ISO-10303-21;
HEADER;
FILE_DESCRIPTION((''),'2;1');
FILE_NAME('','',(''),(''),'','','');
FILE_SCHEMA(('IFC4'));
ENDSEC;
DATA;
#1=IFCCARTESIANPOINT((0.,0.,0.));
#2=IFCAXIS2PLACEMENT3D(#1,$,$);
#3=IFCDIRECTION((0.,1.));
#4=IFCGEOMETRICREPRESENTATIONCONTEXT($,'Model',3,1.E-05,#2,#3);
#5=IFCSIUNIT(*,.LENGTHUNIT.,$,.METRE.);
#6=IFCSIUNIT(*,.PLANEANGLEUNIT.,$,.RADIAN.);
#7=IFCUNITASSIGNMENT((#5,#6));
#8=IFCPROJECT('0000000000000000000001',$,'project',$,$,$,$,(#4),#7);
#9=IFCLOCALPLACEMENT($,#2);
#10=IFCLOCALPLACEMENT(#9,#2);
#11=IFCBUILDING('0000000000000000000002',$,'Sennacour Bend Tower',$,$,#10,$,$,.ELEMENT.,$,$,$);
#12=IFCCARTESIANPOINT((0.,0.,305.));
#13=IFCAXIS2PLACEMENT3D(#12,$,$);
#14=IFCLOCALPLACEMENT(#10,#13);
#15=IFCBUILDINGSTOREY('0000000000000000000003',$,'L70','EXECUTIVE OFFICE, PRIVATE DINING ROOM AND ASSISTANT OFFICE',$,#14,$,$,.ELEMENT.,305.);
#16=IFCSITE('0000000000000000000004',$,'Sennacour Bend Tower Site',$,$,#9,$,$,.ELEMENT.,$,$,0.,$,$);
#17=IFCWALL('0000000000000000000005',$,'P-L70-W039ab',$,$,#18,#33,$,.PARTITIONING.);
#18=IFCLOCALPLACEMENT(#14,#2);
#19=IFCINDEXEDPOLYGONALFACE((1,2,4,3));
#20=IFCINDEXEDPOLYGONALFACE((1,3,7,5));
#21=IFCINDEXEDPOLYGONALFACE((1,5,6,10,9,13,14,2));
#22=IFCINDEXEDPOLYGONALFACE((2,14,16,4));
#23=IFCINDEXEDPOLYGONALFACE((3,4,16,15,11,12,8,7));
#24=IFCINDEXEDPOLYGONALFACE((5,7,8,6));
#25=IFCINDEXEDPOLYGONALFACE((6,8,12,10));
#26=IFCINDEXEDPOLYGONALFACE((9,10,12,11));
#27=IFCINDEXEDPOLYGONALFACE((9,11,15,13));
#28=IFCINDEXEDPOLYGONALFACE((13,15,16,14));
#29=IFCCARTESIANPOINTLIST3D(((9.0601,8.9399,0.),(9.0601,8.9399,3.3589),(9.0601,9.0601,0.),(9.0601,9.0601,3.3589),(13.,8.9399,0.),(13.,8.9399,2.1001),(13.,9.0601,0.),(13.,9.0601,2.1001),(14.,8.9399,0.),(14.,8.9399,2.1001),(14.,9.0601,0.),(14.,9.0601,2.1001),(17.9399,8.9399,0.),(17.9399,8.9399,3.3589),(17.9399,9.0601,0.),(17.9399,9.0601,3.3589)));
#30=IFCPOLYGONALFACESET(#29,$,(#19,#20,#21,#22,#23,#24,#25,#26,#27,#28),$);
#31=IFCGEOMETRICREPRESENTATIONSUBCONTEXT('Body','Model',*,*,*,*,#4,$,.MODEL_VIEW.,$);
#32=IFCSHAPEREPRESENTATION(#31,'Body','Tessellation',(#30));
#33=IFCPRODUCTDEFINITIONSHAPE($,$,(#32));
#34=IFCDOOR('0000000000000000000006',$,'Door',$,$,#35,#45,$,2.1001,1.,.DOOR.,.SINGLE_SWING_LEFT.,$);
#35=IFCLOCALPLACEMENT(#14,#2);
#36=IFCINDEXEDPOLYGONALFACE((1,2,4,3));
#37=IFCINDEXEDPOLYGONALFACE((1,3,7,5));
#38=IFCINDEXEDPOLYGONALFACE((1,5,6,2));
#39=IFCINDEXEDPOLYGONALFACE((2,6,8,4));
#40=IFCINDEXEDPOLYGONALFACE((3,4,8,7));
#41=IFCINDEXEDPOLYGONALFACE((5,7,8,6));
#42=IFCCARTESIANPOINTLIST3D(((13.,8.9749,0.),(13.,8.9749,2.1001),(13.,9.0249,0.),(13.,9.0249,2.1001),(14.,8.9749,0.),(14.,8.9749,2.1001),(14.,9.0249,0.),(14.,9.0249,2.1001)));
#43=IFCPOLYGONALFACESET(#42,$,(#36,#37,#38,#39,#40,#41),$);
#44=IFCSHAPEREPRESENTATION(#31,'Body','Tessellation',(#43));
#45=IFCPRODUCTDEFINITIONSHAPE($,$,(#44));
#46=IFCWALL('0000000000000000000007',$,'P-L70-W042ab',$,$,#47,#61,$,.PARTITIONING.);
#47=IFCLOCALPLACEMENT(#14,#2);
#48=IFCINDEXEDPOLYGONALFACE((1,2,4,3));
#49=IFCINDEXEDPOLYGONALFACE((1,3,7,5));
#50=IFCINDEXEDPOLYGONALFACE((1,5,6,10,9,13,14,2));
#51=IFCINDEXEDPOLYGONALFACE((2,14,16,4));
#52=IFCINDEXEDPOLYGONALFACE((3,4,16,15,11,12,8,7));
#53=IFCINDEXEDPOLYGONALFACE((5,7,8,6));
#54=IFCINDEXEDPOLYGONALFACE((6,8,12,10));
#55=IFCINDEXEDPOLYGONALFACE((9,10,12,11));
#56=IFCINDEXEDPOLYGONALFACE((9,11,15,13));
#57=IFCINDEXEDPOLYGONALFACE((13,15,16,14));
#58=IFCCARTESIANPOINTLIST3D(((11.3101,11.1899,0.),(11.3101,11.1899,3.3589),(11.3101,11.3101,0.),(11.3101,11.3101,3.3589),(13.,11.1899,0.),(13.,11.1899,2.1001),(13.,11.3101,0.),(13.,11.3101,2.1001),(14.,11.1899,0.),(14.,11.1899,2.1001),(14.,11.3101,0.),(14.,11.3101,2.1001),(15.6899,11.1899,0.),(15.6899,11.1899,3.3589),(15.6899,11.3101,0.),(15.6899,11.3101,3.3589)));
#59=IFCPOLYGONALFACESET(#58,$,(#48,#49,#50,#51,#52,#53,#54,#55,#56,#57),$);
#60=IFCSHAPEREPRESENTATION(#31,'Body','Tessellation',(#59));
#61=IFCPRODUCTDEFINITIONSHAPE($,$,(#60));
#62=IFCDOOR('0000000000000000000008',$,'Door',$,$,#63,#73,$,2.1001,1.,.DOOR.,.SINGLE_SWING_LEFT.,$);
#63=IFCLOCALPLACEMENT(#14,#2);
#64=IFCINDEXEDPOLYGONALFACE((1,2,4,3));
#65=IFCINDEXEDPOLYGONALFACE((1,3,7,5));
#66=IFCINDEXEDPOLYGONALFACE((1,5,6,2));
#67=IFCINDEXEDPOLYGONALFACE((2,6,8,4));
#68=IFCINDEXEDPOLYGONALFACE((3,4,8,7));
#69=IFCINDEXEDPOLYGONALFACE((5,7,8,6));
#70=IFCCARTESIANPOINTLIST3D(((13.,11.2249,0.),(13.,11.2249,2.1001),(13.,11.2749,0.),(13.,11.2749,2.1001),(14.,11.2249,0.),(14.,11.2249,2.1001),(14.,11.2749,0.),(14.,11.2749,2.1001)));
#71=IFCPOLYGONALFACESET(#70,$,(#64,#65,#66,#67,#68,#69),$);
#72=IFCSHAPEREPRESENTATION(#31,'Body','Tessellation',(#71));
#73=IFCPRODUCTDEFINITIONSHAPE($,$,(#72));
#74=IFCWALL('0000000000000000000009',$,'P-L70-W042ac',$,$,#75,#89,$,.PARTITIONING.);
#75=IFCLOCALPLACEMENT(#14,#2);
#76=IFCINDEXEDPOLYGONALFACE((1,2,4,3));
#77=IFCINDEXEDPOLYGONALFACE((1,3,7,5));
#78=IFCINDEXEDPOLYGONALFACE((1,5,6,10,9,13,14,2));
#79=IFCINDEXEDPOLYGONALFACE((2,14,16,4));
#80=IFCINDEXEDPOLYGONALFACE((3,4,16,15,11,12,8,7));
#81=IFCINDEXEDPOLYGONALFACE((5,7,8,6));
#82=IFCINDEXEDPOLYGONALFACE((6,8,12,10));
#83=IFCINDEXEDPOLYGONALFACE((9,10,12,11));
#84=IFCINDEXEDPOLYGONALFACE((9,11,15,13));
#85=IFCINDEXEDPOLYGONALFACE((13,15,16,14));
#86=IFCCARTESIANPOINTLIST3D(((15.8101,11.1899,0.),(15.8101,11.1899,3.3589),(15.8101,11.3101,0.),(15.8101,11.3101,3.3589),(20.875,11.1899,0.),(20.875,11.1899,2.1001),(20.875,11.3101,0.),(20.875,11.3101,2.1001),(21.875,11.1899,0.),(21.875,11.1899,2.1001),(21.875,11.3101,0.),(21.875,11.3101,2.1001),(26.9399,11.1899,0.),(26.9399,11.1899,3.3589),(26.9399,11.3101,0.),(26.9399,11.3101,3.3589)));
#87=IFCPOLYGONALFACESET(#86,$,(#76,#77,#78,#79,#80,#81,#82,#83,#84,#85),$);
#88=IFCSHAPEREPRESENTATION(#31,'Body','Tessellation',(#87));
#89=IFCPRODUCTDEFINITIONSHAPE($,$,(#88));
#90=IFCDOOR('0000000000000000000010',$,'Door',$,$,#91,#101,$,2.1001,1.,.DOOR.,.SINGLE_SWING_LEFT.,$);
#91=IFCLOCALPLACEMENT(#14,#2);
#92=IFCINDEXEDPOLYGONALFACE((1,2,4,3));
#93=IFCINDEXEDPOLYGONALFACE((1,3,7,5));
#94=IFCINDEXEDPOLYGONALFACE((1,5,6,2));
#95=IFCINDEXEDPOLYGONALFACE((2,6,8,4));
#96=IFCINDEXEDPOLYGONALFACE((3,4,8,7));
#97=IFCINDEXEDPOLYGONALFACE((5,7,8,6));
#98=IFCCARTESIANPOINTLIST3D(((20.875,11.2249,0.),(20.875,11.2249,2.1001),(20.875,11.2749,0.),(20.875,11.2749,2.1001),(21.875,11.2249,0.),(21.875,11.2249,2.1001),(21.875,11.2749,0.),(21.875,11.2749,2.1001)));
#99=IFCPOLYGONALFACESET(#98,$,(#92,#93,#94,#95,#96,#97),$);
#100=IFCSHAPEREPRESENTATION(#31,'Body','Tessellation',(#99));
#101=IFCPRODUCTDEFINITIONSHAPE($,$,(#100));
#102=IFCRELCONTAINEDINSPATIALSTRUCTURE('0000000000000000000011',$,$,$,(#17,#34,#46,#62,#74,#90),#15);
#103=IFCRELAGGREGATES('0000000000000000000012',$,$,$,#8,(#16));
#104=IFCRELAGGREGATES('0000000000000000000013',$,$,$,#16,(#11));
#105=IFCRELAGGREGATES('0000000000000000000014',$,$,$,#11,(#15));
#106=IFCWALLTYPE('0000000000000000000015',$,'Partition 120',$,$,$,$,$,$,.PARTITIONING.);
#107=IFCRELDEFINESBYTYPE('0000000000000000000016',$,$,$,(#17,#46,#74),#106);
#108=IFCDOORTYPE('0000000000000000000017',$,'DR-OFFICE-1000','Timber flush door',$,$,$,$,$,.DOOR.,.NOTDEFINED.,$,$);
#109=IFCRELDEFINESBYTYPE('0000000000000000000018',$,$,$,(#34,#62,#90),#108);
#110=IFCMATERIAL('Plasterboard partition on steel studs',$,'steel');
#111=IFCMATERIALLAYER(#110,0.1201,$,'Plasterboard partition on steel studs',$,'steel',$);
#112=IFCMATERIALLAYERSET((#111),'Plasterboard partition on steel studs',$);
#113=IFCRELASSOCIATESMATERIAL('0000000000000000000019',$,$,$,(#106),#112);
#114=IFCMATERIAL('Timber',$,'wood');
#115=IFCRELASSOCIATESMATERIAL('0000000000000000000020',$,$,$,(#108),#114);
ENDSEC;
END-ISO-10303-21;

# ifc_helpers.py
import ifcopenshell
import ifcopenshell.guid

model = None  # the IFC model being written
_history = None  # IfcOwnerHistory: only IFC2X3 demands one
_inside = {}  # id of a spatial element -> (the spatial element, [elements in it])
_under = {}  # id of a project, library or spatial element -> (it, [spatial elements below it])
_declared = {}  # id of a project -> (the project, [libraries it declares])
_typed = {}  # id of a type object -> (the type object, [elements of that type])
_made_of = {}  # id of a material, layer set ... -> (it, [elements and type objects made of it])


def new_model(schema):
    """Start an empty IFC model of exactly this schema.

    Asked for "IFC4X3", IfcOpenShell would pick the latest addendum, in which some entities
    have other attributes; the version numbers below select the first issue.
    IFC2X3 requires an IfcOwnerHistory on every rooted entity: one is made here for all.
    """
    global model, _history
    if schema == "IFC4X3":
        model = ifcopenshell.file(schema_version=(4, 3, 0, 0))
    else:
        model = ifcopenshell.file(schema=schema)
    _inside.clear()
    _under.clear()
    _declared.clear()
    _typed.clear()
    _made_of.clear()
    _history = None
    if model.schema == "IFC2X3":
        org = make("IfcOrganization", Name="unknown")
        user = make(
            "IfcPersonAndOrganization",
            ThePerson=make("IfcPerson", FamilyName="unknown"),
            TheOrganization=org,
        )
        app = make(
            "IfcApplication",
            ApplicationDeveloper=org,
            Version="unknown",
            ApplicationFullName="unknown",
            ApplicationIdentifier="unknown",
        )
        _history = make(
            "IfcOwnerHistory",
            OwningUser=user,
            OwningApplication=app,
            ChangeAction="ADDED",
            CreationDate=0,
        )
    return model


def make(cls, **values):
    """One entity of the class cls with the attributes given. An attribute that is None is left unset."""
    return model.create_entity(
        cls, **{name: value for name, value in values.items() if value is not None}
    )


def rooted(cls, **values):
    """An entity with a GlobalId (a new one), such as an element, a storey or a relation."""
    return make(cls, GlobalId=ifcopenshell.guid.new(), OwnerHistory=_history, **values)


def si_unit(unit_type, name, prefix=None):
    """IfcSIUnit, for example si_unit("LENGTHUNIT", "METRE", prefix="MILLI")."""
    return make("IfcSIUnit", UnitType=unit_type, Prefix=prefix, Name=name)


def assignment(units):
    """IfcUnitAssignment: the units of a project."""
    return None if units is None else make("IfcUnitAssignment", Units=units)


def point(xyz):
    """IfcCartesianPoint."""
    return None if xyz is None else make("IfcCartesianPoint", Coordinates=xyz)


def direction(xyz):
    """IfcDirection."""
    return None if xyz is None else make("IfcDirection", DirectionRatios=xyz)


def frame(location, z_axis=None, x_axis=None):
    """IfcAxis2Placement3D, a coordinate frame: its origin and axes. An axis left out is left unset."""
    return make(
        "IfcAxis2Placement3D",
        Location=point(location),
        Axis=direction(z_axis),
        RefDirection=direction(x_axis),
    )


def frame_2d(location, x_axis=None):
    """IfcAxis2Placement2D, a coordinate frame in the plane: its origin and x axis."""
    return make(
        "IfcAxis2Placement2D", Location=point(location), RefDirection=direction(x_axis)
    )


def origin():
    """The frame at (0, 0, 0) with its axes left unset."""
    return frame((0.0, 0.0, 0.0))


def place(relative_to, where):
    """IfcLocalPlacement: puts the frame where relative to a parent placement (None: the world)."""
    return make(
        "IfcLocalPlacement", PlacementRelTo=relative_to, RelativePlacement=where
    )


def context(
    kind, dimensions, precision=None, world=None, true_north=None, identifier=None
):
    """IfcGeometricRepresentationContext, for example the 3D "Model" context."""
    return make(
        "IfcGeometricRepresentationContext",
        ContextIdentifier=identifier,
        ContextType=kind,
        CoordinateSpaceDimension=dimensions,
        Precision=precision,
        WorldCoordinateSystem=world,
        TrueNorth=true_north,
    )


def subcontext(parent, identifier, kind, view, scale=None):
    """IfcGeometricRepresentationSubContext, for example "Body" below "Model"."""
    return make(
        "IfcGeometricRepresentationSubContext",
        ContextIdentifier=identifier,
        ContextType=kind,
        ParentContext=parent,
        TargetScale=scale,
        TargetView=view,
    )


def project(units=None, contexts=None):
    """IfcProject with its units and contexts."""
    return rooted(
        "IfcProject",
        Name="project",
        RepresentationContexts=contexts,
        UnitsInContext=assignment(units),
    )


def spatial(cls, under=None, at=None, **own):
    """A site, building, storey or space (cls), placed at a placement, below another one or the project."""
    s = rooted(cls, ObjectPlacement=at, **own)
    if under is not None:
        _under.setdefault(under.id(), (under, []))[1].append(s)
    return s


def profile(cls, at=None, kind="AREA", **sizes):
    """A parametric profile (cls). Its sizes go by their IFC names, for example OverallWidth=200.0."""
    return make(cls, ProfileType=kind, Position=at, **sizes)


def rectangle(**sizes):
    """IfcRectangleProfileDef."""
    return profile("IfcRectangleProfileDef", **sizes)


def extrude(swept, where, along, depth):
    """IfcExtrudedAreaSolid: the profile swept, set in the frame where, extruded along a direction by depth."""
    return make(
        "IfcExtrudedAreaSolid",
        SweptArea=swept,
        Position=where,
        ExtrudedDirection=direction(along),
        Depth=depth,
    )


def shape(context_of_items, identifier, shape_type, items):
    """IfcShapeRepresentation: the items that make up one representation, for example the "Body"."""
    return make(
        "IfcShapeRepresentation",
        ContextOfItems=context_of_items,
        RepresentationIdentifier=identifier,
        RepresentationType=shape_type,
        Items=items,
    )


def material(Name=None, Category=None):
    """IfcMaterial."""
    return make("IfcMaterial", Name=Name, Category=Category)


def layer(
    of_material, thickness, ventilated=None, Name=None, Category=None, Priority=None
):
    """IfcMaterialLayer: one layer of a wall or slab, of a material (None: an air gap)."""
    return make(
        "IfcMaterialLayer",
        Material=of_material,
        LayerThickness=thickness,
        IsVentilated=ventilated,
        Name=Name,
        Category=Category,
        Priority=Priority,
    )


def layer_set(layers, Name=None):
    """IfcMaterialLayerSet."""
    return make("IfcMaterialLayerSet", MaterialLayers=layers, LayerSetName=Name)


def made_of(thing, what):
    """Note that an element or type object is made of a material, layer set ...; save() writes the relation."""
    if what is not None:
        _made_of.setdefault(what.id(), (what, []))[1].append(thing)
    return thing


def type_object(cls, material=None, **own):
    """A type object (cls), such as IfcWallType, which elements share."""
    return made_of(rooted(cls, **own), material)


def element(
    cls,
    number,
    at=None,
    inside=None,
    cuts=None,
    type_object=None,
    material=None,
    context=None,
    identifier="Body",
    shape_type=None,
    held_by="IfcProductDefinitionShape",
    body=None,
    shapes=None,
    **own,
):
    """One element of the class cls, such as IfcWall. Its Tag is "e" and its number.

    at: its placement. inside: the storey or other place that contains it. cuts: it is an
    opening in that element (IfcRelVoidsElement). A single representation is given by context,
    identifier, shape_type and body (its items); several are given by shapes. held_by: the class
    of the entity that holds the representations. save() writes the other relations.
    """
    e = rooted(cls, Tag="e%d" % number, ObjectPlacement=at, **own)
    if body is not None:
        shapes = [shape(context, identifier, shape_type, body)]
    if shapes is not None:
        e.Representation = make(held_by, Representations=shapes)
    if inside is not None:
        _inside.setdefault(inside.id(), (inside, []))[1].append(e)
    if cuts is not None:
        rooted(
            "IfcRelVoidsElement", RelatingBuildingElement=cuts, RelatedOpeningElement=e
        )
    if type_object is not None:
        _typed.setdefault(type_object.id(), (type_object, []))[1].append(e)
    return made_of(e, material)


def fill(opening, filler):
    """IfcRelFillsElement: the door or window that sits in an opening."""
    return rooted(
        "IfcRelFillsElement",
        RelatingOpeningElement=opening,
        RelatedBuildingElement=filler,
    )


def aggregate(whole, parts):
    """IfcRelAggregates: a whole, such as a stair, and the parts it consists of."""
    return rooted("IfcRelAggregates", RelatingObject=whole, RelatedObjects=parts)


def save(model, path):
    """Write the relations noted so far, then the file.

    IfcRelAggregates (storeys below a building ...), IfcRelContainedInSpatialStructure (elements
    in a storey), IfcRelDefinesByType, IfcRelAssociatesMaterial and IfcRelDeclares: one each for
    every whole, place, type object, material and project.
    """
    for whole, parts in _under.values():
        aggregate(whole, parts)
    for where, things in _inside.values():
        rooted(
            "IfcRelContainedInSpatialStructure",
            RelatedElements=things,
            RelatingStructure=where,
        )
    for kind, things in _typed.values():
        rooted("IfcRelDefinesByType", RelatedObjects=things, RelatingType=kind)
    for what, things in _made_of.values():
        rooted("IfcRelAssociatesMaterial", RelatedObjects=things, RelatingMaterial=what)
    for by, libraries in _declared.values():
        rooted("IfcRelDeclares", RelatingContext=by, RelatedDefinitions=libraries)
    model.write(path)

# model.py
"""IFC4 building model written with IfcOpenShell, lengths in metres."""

from ifc_helpers import new_model, si_unit, direction, frame, frame_2d, origin, place, context, subcontext, project, spatial, rectangle, extrude, material, layer, layer_set, type_object, element, fill, save


model = new_model("IFC4")

# Units and contexts
model_context = context("Model", 3, precision=1e-05, world=origin(), true_north=direction((0.0, 1.0)))
body_context = subcontext(model_context, "Body", "Model", "MODEL_VIEW")
ifc_project = project(units=[si_unit("LENGTHUNIT", "METRE"), si_unit("PLANEANGLEUNIT", "RADIAN")], contexts=[model_context])

# Site, building, storey
site_placement = place(None, origin())
site = spatial("IfcSite", under=ifc_project, at=site_placement, Name="Sennacour Bend Tower Site", CompositionType="ELEMENT", RefElevation=0.0)
building_placement = place(site_placement, origin())
building = spatial("IfcBuilding", under=site, at=building_placement, Name="Sennacour Bend Tower", CompositionType="ELEMENT")
storey_placement = place(building_placement, frame((0.0, 0.0, 305.0)))
storey = spatial("IfcBuildingStorey", under=building, at=storey_placement, Name="L70", Description="EXECUTIVE OFFICE, PRIVATE DINING ROOM AND ASSISTANT OFFICE", CompositionType="ELEMENT", Elevation=305.0)

# Shared definitions
ifc_material_1 = material(Name="Plasterboard partition on steel studs", Category="steel")
ifc_layer_1 = layer(ifc_material_1, 0.1201, Name="Plasterboard partition on steel studs", Category="steel")
ifc_layer_set_1 = layer_set([ifc_layer_1], Name="Plasterboard partition on steel studs")
wall_type = type_object("IfcWallType", Name="Partition 120", PredefinedType="PARTITIONING", material=ifc_layer_set_1)

# Walls, openings, doors
wall_1_placement = place(storey_placement, frame((9.0601, 9.0, 0.0), z_axis=(0.0, 0.0, 1.0), x_axis=(1.0, 0.0, 0.0)))
wall_1 = element("IfcWall", 1, at=wall_1_placement, inside=storey, type_object=wall_type, Name="P-L70-W039ab", PredefinedType="PARTITIONING", context=body_context, shape_type="SweptSolid", body=[
    extrude(rectangle(XDim=8.8799, YDim=0.1201, at=frame_2d((4.4399, 0.0))), origin(), (0.0, 0.0, 1.0), 3.3589),
])
opening_1_placement = place(wall_1_placement, frame((3.9399, 0.0, 0.0)))
opening_1 = element("IfcOpeningElement", 2, at=opening_1_placement, cuts=wall_1, PredefinedType="OPENING", context=body_context, shape_type="SweptSolid", body=[
    extrude(rectangle(XDim=1.0, YDim=2.1001, at=frame_2d((0.5, 1.05))), frame((0.0, 0.0701, 0.0), z_axis=(0.0, -1.0, 0.0), x_axis=(1.0, 0.0, 0.0)), (0.0, 0.0, 1.0), 0.1401),
])
ifc_material_2 = material(Name="Timber", Category="wood")
door_type = type_object("IfcDoorType", Name="DR-OFFICE-1000", Description="Timber flush door", OperationType="NOTDEFINED", PredefinedType="DOOR", material=ifc_material_2)
door_1_placement = place(opening_1_placement, origin())
door_1 = element("IfcDoor", 3, at=door_1_placement, inside=storey, type_object=door_type, Name="Door", OperationType="SINGLE_SWING_LEFT", OverallHeight=2.1001, OverallWidth=1.0, PredefinedType="DOOR", context=body_context, shape_type="SweptSolid", body=[
    extrude(rectangle(XDim=1.0, YDim=2.1001, at=frame_2d((0.5, 1.05))), frame((0.0, 0.0249, 0.0), z_axis=(0.0, -1.0, 0.0), x_axis=(1.0, 0.0, 0.0)), (0.0, 0.0, 1.0), 0.05),
])
fill(opening_1, door_1)
wall_2_placement = place(storey_placement, frame((11.3101, 11.25, 0.0), z_axis=(0.0, 0.0, 1.0), x_axis=(1.0, 0.0, 0.0)))
wall_2 = element("IfcWall", 4, at=wall_2_placement, inside=storey, type_object=wall_type, Name="P-L70-W042ab", PredefinedType="PARTITIONING", context=body_context, shape_type="SweptSolid", body=[
    extrude(rectangle(XDim=4.3799, YDim=0.1201, at=frame_2d((2.1899, 0.0))), origin(), (0.0, 0.0, 1.0), 3.3589),
])
opening_2_placement = place(wall_2_placement, frame((1.6899, 0.0, 0.0)))
opening_2 = element("IfcOpeningElement", 5, at=opening_2_placement, cuts=wall_2, PredefinedType="OPENING", context=body_context, shape_type="SweptSolid", body=[
    extrude(rectangle(XDim=1.0, YDim=2.1001, at=frame_2d((0.5, 1.05))), frame((0.0, 0.0701, 0.0), z_axis=(0.0, -1.0, 0.0), x_axis=(1.0, 0.0, 0.0)), (0.0, 0.0, 1.0), 0.1401),
])
door_2_placement = place(opening_2_placement, origin())
door_2 = element("IfcDoor", 6, at=door_2_placement, inside=storey, type_object=door_type, Name="Door", OperationType="SINGLE_SWING_LEFT", OverallHeight=2.1001, OverallWidth=1.0, PredefinedType="DOOR", context=body_context, shape_type="SweptSolid", body=[
    extrude(rectangle(XDim=1.0, YDim=2.1001, at=frame_2d((0.5, 1.05))), frame((0.0, 0.0249, 0.0), z_axis=(0.0, -1.0, 0.0), x_axis=(1.0, 0.0, 0.0)), (0.0, 0.0, 1.0), 0.05),
])
fill(opening_2, door_2)
wall_3_placement = place(storey_placement, frame((15.8101, 11.25, 0.0), z_axis=(0.0, 0.0, 1.0), x_axis=(1.0, 0.0, 0.0)))
wall_3 = element("IfcWall", 7, at=wall_3_placement, inside=storey, type_object=wall_type, Name="P-L70-W042ac", PredefinedType="PARTITIONING", context=body_context, shape_type="SweptSolid", body=[
    extrude(rectangle(XDim=11.1299, YDim=0.1201, at=frame_2d((5.5649, 0.0))), origin(), (0.0, 0.0, 1.0), 3.3589),
])
opening_3_placement = place(wall_3_placement, frame((5.0649, 0.0, 0.0)))
opening_3 = element("IfcOpeningElement", 8, at=opening_3_placement, cuts=wall_3, PredefinedType="OPENING", context=body_context, shape_type="SweptSolid", body=[
    extrude(rectangle(XDim=1.0, YDim=2.1001, at=frame_2d((0.5, 1.05))), frame((0.0, 0.0701, 0.0), z_axis=(0.0, -1.0, 0.0), x_axis=(1.0, 0.0, 0.0)), (0.0, 0.0, 1.0), 0.1401),
])
door_3_placement = place(opening_3_placement, origin())
door_3 = element("IfcDoor", 9, at=door_3_placement, inside=storey, type_object=door_type, Name="Door", OperationType="SINGLE_SWING_LEFT", OverallHeight=2.1001, OverallWidth=1.0, PredefinedType="DOOR", context=body_context, shape_type="SweptSolid", body=[
    extrude(rectangle(XDim=1.0, YDim=2.1001, at=frame_2d((0.5, 1.05))), frame((0.0, 0.0249, 0.0), z_axis=(0.0, -1.0, 0.0), x_axis=(1.0, 0.0, 0.0)), (0.0, 0.0, 1.0), 0.05),
])
fill(opening_3, door_3)

save(model, "model.ifc")
